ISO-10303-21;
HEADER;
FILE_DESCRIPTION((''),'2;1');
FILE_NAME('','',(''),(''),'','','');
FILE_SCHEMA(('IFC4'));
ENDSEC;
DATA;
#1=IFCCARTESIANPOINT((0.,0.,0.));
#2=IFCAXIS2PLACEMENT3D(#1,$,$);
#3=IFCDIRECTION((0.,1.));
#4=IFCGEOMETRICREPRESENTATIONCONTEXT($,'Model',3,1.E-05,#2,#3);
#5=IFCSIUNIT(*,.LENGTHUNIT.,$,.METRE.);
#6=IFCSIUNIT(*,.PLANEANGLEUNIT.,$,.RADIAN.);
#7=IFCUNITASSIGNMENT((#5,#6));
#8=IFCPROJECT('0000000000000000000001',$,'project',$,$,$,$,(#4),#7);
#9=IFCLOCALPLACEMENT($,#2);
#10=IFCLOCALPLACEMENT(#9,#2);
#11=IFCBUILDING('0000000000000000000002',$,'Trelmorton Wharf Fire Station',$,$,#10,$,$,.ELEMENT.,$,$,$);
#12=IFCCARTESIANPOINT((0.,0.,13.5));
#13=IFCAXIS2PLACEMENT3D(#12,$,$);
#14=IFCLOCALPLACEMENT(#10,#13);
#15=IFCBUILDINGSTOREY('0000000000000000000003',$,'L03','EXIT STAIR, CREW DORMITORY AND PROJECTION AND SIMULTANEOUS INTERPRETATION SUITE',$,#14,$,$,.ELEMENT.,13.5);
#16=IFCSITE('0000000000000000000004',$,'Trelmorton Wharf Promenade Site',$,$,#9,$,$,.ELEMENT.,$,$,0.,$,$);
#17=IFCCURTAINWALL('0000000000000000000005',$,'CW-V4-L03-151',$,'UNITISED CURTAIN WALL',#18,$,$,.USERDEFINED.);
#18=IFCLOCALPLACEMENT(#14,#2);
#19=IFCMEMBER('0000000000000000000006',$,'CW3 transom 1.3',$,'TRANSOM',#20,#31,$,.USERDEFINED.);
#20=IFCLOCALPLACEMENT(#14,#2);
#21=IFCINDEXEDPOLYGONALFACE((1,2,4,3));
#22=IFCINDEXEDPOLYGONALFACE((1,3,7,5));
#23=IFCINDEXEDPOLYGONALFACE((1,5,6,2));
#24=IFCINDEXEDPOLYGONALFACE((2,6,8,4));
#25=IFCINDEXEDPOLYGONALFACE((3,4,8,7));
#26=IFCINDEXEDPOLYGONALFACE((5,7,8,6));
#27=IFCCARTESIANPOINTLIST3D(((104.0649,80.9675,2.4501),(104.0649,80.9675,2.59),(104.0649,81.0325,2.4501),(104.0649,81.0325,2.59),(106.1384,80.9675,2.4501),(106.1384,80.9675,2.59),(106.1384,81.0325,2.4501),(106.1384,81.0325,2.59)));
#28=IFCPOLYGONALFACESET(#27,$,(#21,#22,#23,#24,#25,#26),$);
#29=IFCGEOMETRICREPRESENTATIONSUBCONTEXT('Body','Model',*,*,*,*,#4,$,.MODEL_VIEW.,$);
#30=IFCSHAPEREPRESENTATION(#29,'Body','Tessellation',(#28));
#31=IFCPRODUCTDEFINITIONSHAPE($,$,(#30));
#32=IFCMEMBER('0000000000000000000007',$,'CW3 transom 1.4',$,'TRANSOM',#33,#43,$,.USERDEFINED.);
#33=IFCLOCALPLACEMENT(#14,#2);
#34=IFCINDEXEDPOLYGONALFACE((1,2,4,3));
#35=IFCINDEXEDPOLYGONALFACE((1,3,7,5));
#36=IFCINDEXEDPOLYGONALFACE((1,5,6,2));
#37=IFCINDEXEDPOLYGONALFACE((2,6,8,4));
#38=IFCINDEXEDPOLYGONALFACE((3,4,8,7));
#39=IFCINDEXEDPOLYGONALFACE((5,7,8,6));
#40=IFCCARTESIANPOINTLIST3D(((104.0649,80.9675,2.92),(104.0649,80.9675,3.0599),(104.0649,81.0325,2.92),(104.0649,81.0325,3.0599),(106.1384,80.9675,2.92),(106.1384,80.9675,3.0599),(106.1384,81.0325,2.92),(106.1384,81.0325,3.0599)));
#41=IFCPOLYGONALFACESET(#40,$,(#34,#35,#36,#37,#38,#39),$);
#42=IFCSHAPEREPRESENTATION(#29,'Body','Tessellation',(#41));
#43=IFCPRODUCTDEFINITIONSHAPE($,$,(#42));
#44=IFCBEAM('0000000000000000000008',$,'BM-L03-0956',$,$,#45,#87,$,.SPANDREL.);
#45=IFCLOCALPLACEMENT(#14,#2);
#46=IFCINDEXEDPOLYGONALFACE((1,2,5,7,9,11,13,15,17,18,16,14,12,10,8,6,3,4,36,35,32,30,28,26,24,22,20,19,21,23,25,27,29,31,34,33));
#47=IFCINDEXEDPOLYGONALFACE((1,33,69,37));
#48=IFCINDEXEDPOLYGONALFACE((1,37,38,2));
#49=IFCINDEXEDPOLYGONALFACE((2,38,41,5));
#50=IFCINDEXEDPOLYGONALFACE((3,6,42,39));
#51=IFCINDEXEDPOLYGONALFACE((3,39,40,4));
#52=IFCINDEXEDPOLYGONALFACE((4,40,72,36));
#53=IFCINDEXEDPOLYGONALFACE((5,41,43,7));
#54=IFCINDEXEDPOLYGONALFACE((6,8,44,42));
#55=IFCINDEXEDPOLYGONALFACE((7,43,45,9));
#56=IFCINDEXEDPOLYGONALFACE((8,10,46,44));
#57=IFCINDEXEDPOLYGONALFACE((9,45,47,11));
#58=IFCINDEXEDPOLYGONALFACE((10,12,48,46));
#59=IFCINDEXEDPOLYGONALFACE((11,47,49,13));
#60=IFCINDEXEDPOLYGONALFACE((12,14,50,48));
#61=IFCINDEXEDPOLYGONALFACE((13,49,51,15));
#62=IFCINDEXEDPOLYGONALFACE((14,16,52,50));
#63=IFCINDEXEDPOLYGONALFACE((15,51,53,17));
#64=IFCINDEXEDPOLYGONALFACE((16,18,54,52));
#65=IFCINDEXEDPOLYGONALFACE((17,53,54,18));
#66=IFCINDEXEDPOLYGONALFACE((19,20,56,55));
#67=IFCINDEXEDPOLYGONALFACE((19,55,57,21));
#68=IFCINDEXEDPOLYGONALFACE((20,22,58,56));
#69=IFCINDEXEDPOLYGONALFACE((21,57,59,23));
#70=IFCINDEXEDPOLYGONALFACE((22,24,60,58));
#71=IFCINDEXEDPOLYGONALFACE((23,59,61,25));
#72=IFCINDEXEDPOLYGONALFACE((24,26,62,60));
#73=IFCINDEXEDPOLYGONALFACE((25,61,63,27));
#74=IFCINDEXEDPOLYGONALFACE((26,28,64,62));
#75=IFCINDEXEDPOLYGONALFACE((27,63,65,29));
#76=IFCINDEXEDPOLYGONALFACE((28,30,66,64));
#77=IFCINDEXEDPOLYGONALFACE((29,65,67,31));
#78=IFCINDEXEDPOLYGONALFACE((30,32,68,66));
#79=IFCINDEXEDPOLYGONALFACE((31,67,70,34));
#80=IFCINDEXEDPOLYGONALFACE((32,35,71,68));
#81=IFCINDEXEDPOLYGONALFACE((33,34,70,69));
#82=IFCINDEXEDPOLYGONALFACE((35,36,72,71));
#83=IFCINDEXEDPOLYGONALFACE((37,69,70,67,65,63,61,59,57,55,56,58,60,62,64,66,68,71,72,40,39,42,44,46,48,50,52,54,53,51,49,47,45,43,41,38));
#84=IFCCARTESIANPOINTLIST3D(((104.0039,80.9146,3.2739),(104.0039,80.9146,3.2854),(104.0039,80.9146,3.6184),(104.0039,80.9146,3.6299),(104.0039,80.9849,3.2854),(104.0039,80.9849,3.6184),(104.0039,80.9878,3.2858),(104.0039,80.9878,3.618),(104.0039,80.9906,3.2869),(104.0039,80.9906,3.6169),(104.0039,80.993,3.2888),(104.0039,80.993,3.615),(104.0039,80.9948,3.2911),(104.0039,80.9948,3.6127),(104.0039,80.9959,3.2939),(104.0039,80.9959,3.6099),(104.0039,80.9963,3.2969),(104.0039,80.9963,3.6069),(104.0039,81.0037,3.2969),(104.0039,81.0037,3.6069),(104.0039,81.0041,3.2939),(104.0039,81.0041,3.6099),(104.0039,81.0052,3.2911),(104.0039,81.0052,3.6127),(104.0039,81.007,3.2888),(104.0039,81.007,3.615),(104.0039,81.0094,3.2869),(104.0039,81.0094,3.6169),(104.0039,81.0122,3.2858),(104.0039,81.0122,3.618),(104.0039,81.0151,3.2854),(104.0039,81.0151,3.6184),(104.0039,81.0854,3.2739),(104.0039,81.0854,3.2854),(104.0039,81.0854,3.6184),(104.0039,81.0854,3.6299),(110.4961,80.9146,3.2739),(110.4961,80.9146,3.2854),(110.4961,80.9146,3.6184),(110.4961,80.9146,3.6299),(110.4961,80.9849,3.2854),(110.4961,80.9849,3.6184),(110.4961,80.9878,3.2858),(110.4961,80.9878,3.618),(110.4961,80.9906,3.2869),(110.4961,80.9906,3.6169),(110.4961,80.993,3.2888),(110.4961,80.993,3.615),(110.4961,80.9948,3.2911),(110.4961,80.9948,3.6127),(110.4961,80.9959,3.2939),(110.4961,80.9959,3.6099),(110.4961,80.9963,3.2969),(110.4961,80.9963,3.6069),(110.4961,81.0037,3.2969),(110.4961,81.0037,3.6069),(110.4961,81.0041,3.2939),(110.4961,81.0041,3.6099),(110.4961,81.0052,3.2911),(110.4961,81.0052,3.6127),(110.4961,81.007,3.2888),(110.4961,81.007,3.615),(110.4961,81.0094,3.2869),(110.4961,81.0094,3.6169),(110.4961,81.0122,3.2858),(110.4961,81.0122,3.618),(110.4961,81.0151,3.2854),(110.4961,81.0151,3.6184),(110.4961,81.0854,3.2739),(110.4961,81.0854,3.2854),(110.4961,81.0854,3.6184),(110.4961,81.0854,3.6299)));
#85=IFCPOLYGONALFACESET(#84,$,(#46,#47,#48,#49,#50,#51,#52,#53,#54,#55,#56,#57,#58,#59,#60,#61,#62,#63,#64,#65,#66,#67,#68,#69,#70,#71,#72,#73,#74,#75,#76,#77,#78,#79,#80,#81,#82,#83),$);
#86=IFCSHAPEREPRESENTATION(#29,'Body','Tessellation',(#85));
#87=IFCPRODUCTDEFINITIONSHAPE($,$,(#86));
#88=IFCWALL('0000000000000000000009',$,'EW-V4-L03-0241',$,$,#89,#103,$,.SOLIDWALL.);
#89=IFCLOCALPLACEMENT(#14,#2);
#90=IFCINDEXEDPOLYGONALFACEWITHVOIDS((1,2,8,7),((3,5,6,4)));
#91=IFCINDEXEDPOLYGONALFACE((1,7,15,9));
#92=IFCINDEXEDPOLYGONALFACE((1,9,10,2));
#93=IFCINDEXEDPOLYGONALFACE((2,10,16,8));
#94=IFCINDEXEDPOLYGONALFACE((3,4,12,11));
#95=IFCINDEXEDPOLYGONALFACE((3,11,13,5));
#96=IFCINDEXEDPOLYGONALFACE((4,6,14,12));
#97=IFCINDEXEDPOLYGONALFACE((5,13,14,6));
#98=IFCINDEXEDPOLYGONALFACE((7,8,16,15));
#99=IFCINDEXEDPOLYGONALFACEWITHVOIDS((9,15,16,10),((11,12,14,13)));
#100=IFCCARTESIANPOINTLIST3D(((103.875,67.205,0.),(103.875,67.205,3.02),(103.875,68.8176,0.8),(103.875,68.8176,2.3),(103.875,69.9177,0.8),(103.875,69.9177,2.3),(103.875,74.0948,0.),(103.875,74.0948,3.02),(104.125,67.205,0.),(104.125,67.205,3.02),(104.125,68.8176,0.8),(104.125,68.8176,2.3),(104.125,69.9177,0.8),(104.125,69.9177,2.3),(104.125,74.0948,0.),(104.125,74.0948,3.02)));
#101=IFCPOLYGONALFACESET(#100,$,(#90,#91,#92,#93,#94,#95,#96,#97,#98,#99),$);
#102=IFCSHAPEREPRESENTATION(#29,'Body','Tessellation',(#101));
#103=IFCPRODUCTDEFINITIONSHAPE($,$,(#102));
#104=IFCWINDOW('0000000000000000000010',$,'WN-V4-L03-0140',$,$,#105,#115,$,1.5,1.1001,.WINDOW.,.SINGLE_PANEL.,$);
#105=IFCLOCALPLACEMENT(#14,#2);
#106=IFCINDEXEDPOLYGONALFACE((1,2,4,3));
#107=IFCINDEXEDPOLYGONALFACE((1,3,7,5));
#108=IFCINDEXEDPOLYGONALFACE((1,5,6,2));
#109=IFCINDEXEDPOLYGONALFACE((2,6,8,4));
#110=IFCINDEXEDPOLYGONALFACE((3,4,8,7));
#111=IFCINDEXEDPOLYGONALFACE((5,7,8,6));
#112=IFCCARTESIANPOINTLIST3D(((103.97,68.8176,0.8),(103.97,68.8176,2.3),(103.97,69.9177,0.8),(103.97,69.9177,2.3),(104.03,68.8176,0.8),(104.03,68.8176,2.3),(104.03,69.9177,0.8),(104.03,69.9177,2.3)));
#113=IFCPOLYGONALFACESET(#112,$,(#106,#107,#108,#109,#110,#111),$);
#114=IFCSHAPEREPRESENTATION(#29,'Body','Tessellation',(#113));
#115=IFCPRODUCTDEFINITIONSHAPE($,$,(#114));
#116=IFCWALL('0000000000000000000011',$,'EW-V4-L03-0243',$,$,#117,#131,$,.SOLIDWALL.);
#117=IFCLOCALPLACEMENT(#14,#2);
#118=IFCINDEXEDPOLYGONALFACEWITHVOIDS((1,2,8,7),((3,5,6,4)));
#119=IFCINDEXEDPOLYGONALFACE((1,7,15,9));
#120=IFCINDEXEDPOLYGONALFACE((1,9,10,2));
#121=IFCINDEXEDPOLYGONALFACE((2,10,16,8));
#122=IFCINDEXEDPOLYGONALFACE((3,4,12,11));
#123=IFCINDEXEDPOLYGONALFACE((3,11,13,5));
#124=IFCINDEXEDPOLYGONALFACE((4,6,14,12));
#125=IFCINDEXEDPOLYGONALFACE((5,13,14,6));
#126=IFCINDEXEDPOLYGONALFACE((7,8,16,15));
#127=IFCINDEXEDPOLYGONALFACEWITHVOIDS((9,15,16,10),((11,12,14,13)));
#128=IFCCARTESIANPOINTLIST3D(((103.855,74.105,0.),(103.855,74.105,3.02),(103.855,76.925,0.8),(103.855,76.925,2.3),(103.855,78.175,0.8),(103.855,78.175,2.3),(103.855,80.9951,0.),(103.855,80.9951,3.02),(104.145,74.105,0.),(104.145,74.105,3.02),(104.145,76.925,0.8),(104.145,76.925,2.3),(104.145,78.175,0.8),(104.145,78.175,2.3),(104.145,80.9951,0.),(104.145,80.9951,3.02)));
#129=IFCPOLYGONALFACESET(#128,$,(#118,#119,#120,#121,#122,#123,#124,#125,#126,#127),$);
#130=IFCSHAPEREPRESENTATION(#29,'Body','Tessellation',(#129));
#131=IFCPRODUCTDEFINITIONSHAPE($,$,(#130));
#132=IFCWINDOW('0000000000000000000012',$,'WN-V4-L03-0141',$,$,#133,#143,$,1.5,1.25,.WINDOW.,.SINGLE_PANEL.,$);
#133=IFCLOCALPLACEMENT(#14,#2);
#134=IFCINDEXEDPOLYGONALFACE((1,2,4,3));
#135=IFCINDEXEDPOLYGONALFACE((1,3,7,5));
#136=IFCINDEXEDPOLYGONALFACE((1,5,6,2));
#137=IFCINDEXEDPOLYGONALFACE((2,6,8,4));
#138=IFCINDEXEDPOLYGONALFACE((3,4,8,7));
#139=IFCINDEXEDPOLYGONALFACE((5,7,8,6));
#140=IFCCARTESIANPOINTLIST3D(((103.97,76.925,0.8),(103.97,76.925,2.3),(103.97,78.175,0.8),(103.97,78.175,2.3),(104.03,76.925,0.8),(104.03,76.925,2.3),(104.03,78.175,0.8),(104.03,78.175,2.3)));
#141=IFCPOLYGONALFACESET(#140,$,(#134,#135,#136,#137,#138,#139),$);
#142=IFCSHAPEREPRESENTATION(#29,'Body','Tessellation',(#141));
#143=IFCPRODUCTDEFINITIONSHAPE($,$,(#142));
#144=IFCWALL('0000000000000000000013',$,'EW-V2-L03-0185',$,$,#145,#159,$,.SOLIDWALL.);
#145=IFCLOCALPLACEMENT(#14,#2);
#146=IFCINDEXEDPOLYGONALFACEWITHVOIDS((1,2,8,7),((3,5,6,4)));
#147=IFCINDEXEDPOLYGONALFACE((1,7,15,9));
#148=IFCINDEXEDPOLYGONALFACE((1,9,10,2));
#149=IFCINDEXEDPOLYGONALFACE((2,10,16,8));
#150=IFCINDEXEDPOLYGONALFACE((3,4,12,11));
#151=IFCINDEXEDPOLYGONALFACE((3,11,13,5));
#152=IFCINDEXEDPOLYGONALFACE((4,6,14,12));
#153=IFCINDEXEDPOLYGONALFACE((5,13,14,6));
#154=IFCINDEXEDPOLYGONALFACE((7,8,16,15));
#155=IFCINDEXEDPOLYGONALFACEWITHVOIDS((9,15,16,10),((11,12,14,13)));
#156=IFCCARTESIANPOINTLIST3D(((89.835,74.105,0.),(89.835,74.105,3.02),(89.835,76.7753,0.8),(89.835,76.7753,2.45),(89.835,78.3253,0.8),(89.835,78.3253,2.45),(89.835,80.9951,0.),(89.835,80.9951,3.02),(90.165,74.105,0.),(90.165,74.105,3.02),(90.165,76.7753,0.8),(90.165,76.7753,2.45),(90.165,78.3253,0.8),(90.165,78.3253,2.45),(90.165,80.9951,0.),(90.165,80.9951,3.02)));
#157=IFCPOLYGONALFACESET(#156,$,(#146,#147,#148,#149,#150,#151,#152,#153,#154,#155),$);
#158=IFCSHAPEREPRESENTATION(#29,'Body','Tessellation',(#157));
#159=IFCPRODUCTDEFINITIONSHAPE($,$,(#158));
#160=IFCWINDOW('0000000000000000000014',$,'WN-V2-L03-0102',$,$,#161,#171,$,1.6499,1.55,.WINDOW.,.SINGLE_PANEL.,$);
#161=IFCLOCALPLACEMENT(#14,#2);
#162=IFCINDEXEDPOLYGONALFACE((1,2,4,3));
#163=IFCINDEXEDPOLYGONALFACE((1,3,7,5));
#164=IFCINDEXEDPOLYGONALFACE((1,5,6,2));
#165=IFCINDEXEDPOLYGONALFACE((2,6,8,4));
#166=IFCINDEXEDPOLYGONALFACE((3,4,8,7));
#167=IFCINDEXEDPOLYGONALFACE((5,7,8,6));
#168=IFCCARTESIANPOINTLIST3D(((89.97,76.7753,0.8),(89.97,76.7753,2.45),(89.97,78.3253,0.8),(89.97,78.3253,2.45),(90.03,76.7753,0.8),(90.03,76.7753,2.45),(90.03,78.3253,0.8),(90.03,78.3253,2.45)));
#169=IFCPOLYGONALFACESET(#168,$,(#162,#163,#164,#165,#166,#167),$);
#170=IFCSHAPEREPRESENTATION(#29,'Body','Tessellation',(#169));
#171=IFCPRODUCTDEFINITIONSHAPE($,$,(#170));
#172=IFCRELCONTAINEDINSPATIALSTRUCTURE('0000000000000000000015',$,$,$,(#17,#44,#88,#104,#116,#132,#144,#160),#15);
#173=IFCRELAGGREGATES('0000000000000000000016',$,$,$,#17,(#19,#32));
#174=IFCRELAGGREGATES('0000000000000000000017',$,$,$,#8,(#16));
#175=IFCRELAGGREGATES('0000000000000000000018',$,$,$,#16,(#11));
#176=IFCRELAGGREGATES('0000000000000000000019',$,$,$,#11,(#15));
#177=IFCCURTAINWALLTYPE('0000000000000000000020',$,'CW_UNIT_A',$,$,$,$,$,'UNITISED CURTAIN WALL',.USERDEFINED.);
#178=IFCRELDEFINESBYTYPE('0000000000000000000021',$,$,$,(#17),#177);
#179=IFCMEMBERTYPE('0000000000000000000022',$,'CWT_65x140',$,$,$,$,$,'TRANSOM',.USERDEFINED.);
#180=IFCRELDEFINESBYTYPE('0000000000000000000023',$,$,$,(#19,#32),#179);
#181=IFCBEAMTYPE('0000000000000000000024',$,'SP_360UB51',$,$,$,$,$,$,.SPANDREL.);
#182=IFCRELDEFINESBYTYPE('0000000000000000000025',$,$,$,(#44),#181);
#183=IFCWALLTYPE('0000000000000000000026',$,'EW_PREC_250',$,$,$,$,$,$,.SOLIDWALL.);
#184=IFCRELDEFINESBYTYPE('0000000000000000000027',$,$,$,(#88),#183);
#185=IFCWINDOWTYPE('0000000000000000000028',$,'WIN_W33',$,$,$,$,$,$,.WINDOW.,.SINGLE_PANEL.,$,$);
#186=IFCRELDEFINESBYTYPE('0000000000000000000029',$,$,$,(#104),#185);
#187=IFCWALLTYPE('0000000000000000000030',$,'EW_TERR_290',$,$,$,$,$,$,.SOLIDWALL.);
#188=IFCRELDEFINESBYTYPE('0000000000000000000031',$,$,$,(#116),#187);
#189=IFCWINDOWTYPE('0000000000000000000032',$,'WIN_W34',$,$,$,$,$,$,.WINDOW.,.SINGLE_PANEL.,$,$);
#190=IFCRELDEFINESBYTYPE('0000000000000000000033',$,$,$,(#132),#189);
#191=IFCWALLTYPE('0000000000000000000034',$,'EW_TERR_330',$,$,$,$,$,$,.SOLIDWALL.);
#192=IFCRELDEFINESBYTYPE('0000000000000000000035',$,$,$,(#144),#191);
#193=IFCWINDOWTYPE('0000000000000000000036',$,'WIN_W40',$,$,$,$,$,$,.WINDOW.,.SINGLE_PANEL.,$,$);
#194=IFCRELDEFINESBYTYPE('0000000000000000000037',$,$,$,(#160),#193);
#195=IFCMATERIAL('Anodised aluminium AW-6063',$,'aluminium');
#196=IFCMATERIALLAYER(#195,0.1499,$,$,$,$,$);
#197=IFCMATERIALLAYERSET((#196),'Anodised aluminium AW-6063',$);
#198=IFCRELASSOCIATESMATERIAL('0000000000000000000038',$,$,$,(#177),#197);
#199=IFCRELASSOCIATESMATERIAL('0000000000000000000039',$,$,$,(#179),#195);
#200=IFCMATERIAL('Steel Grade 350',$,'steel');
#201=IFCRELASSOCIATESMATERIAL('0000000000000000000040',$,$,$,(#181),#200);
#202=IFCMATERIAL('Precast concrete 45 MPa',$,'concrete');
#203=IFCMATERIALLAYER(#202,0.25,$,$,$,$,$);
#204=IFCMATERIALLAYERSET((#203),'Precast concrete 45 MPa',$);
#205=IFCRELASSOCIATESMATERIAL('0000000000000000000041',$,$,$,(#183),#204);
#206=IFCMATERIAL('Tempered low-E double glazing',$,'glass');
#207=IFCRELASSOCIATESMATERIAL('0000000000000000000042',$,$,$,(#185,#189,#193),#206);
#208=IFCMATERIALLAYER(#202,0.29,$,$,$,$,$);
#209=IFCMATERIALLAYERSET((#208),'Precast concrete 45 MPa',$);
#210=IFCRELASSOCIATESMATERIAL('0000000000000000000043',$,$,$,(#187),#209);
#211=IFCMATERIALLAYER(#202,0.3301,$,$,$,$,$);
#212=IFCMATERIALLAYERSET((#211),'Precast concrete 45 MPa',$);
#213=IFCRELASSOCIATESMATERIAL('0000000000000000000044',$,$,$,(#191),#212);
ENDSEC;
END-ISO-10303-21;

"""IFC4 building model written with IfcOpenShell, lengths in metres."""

from ifc_helpers import new_model, si_unit, direction, frame, frame_2d, origin, origin_2d, place, context, subcontext, project, spatial, rectangle, i_section, extrude, material, layer, layer_set, material_profile, profile_set, type_object, element, fill, aggregate, save


model = new_model("IFC4")

# Units and contexts
model_context = context("Model", 3, precision=1e-05, world=origin(), true_north=direction((0.0, 1.0)))
body_context = subcontext(model_context, "Body", "Model", "MODEL_VIEW")
ifc_project = project(units=[si_unit("LENGTHUNIT", "METRE"), si_unit("PLANEANGLEUNIT", "RADIAN")], contexts=[model_context])

# Site, building, storey
site_placement = place(None, origin())
site = spatial("IfcSite", under=ifc_project, at=site_placement, Name="Trelmorton Wharf Promenade Site", CompositionType="ELEMENT", RefElevation=0.0)
building_placement = place(site_placement, origin())
building = spatial("IfcBuilding", under=site, at=building_placement, Name="Trelmorton Wharf Fire Station", CompositionType="ELEMENT")
storey_placement = place(building_placement, frame((0.0, 0.0, 13.5)))
storey = spatial("IfcBuildingStorey", under=building, at=storey_placement, Name="L03", Description="EXIT STAIR, CREW DORMITORY AND PROJECTION AND SIMULTANEOUS INTERPRETATION SUITE", CompositionType="ELEMENT", Elevation=13.5)

# Shared definitions
ifc_material_1 = material(Name="Steel Grade 350", Category="steel")

# Curtain wall, members
ifc_material_2 = material(Name="Anodised aluminium AW-6063", Category="aluminium")
ifc_layer_1 = layer(ifc_material_2, 0.1499)
ifc_layer_set_1 = layer_set([ifc_layer_1], Name="Anodised aluminium AW-6063")
curtain_wall_type = type_object("IfcCurtainWallType", Name="CW_UNIT_A", ElementType="UNITISED CURTAIN WALL", PredefinedType="USERDEFINED", material=ifc_layer_set_1)
curtain_wall_placement = place(storey_placement, origin())
curtain_wall = element("IfcCurtainWall", 1, at=curtain_wall_placement, inside=storey, type_object=curtain_wall_type, Name="CW-V4-L03-151", ObjectType="UNITISED CURTAIN WALL", PredefinedType="USERDEFINED")
ifc_material_profile_1 = material_profile(ifc_material_2, rectangle(XDim=0.0649, YDim=0.1399, at=origin_2d()), Name="ALU-65x140")
ifc_profile_set_1 = profile_set([ifc_material_profile_1], Name="Anodised aluminium AW-6063")
member_type_1 = type_object("IfcMemberType", Name="CWT_65x140", ElementType="TRANSOM", PredefinedType="USERDEFINED", material=ifc_profile_set_1)
member_1_placement = place(storey_placement, frame((104.0649, 81.0, 2.52), z_axis=(1.0, 0.0, 0.0), x_axis=(0.0, 1.0, 0.0)))
member_1 = element("IfcMember", 2, at=member_1_placement, type_object=member_type_1, Name="CW3 transom 1.3", ObjectType="TRANSOM", PredefinedType="USERDEFINED", context=body_context, shape_type="SweptSolid", body=[
    extrude(rectangle(XDim=0.0649, YDim=0.1399, at=origin_2d()), origin(), (0.0, 0.0, 1.0), 2.0735),
])
member_2_placement = place(storey_placement, frame((104.0649, 81.0, 2.99), z_axis=(1.0, 0.0, 0.0), x_axis=(0.0, 1.0, 0.0)))
member_2 = element("IfcMember", 3, at=member_2_placement, type_object=member_type_1, Name="CW3 transom 1.4", ObjectType="TRANSOM", PredefinedType="USERDEFINED", context=body_context, shape_type="SweptSolid", body=[
    extrude(rectangle(XDim=0.0649, YDim=0.1399, at=origin_2d()), origin(), (0.0, 0.0, 1.0), 2.0735),
])
aggregate(curtain_wall, [member_1, member_2])

# Beam
ifc_material_profile_2 = material_profile(ifc_material_1, i_section(OverallWidth=0.1709, OverallDepth=0.356, WebThickness=0.0073, FlangeThickness=0.0115, FilletRadius=0.0115, at=origin_2d()), Name="360UB50.7")
ifc_profile_set_2 = profile_set([ifc_material_profile_2], Name="Steel Grade 350")
beam_type_1 = type_object("IfcBeamType", Name="SP_360UB51", PredefinedType="SPANDREL", material=ifc_profile_set_2)
beam_1_placement = place(storey_placement, frame((104.0039, 81.0, 3.4519), z_axis=(1.0, 0.0, 0.0), x_axis=(0.0, 1.0, 0.0)))
element("IfcBeam", 4, at=beam_1_placement, inside=storey, type_object=beam_type_1, Name="BM-L03-0956", PredefinedType="SPANDREL", context=body_context, shape_type="SweptSolid", body=[
    extrude(i_section(OverallWidth=0.1709, OverallDepth=0.356, WebThickness=0.0073, FlangeThickness=0.0115, FilletRadius=0.0115, at=origin_2d()), origin(), (0.0, 0.0, 1.0), 6.4922),
])

# Walls, openings, windows
ifc_material_3 = material(Name="Precast concrete 45 MPa", Category="concrete")
ifc_layer_2 = layer(ifc_material_3, 0.25)
ifc_layer_set_2 = layer_set([ifc_layer_2], Name="Precast concrete 45 MPa")
wall_type_1 = type_object("IfcWallType", Name="EW_PREC_250", PredefinedType="SOLIDWALL", material=ifc_layer_set_2)
wall_1_placement = place(storey_placement, frame((104.0, 67.2051, 0.0), z_axis=(0.0, 0.0, 1.0), x_axis=(0.0, 1.0, 0.0)))
wall_1 = element("IfcWall", 5, at=wall_1_placement, inside=storey, type_object=wall_type_1, Name="EW-V4-L03-0241", PredefinedType="SOLIDWALL", context=body_context, shape_type="SweptSolid", body=[
    extrude(rectangle(XDim=6.8899, YDim=0.25, at=frame_2d((3.4448, 0.0))), origin(), (0.0, 0.0, 1.0), 3.02),
])
opening_1_placement = place(wall_1_placement, frame((1.6125, 0.0, 0.8)))
opening_1 = element("IfcOpeningElement", 6, at=opening_1_placement, cuts=wall_1, PredefinedType="OPENING", context=body_context, shape_type="SweptSolid", body=[
    extrude(rectangle(XDim=1.1001, YDim=1.5, at=frame_2d((0.55, 0.75))), frame((0.0, 0.135, 0.0), z_axis=(0.0, -1.0, 0.0), x_axis=(1.0, 0.0, 0.0)), (0.0, 0.0, 1.0), 0.27),
])
ifc_material_4 = material(Name="Tempered low-E double glazing", Category="glass")
window_type_1 = type_object("IfcWindowType", Name="WIN_W33", PartitioningType="SINGLE_PANEL", PredefinedType="WINDOW", material=ifc_material_4)
window_1_placement = place(opening_1_placement, origin())
window_1 = element("IfcWindow", 7, at=window_1_placement, inside=storey, type_object=window_type_1, Name="WN-V4-L03-0140", OverallHeight=1.5, OverallWidth=1.1001, PartitioningType="SINGLE_PANEL", PredefinedType="WINDOW", context=body_context, shape_type="SweptSolid", body=[
    extrude(rectangle(XDim=1.1001, YDim=1.5, at=frame_2d((0.55, 0.75))), frame((0.0, 0.03, 0.0), z_axis=(0.0, -1.0, 0.0), x_axis=(1.0, 0.0, 0.0)), (0.0, 0.0, 1.0), 0.0601),
])
fill(opening_1, window_1)
ifc_layer_3 = layer(ifc_material_3, 0.29)
ifc_layer_set_3 = layer_set([ifc_layer_3], Name="Precast concrete 45 MPa")
wall_type_2 = type_object("IfcWallType", Name="EW_TERR_290", PredefinedType="SOLIDWALL", material=ifc_layer_set_3)
wall_2_placement = place(storey_placement, frame((104.0, 74.105, 0.0), z_axis=(0.0, 0.0, 1.0), x_axis=(0.0, 1.0, 0.0)))
wall_2 = element("IfcWall", 8, at=wall_2_placement, inside=storey, type_object=wall_type_2, Name="EW-V4-L03-0243", PredefinedType="SOLIDWALL", context=body_context, shape_type="SweptSolid", body=[
    extrude(rectangle(XDim=6.8901, YDim=0.29, at=frame_2d((3.4451, 0.0))), origin(), (0.0, 0.0, 1.0), 3.02),
])
opening_2_placement = place(wall_2_placement, frame((2.8201, 0.0, 0.8)))
opening_2 = element("IfcOpeningElement", 9, at=opening_2_placement, cuts=wall_2, PredefinedType="OPENING", context=body_context, shape_type="SweptSolid", body=[
    extrude(rectangle(XDim=1.25, YDim=1.5, at=frame_2d((0.625, 0.75))), frame((0.0, 0.155, 0.0), z_axis=(0.0, -1.0, 0.0), x_axis=(1.0, 0.0, 0.0)), (0.0, 0.0, 1.0), 0.3101),
])
window_type_2 = type_object("IfcWindowType", Name="WIN_W34", PartitioningType="SINGLE_PANEL", PredefinedType="WINDOW", material=ifc_material_4)
window_2_placement = place(opening_2_placement, origin())
window_2 = element("IfcWindow", 10, at=window_2_placement, inside=storey, type_object=window_type_2, Name="WN-V4-L03-0141", OverallHeight=1.5, OverallWidth=1.25, PartitioningType="SINGLE_PANEL", PredefinedType="WINDOW", context=body_context, shape_type="SweptSolid", body=[
    extrude(rectangle(XDim=1.25, YDim=1.5, at=frame_2d((0.625, 0.75))), frame((0.0, 0.03, 0.0), z_axis=(0.0, -1.0, 0.0), x_axis=(1.0, 0.0, 0.0)), (0.0, 0.0, 1.0), 0.0601),
])
fill(opening_2, window_2)
ifc_layer_4 = layer(ifc_material_3, 0.3301)
ifc_layer_set_4 = layer_set([ifc_layer_4], Name="Precast concrete 45 MPa")
wall_type_3 = type_object("IfcWallType", Name="EW_TERR_330", PredefinedType="SOLIDWALL", material=ifc_layer_set_4)
wall_3_placement = place(storey_placement, frame((90.0, 80.9951, 0.0), z_axis=(0.0, 0.0, 1.0), x_axis=(0.0, -1.0, 0.0)))
wall_3 = element("IfcWall", 11, at=wall_3_placement, inside=storey, type_object=wall_type_3, Name="EW-V2-L03-0185", PredefinedType="SOLIDWALL", context=body_context, shape_type="SweptSolid", body=[
    extrude(rectangle(XDim=6.8901, YDim=0.3301, at=frame_2d((3.4451, 0.0))), origin(), (0.0, 0.0, 1.0), 3.02),
])
opening_3_placement = place(wall_3_placement, frame((2.6699, 0.0, 0.8)))
opening_3 = element("IfcOpeningElement", 12, at=opening_3_placement, cuts=wall_3, PredefinedType="OPENING", context=body_context, shape_type="SweptSolid", body=[
    extrude(rectangle(XDim=1.55, YDim=1.6499, at=frame_2d((0.7749, 0.825))), frame((0.0, 0.175, 0.0), z_axis=(0.0, -1.0, 0.0), x_axis=(1.0, 0.0, 0.0)), (0.0, 0.0, 1.0), 0.3501),
])
window_type_3 = type_object("IfcWindowType", Name="WIN_W40", PartitioningType="SINGLE_PANEL", PredefinedType="WINDOW", material=ifc_material_4)
window_3_placement = place(opening_3_placement, origin())
window_3 = element("IfcWindow", 13, at=window_3_placement, inside=storey, type_object=window_type_3, Name="WN-V2-L03-0102", OverallHeight=1.6499, OverallWidth=1.55, PartitioningType="SINGLE_PANEL", PredefinedType="WINDOW", context=body_context, shape_type="SweptSolid", body=[
    extrude(rectangle(XDim=1.55, YDim=1.6499, at=frame_2d((0.7749, 0.825))), frame((0.0, 0.03, 0.0), z_axis=(0.0, -1.0, 0.0), x_axis=(1.0, 0.0, 0.0)), (0.0, 0.0, 1.0), 0.0601),
])
fill(opening_3, window_3)

save(model, "model.ifc")
